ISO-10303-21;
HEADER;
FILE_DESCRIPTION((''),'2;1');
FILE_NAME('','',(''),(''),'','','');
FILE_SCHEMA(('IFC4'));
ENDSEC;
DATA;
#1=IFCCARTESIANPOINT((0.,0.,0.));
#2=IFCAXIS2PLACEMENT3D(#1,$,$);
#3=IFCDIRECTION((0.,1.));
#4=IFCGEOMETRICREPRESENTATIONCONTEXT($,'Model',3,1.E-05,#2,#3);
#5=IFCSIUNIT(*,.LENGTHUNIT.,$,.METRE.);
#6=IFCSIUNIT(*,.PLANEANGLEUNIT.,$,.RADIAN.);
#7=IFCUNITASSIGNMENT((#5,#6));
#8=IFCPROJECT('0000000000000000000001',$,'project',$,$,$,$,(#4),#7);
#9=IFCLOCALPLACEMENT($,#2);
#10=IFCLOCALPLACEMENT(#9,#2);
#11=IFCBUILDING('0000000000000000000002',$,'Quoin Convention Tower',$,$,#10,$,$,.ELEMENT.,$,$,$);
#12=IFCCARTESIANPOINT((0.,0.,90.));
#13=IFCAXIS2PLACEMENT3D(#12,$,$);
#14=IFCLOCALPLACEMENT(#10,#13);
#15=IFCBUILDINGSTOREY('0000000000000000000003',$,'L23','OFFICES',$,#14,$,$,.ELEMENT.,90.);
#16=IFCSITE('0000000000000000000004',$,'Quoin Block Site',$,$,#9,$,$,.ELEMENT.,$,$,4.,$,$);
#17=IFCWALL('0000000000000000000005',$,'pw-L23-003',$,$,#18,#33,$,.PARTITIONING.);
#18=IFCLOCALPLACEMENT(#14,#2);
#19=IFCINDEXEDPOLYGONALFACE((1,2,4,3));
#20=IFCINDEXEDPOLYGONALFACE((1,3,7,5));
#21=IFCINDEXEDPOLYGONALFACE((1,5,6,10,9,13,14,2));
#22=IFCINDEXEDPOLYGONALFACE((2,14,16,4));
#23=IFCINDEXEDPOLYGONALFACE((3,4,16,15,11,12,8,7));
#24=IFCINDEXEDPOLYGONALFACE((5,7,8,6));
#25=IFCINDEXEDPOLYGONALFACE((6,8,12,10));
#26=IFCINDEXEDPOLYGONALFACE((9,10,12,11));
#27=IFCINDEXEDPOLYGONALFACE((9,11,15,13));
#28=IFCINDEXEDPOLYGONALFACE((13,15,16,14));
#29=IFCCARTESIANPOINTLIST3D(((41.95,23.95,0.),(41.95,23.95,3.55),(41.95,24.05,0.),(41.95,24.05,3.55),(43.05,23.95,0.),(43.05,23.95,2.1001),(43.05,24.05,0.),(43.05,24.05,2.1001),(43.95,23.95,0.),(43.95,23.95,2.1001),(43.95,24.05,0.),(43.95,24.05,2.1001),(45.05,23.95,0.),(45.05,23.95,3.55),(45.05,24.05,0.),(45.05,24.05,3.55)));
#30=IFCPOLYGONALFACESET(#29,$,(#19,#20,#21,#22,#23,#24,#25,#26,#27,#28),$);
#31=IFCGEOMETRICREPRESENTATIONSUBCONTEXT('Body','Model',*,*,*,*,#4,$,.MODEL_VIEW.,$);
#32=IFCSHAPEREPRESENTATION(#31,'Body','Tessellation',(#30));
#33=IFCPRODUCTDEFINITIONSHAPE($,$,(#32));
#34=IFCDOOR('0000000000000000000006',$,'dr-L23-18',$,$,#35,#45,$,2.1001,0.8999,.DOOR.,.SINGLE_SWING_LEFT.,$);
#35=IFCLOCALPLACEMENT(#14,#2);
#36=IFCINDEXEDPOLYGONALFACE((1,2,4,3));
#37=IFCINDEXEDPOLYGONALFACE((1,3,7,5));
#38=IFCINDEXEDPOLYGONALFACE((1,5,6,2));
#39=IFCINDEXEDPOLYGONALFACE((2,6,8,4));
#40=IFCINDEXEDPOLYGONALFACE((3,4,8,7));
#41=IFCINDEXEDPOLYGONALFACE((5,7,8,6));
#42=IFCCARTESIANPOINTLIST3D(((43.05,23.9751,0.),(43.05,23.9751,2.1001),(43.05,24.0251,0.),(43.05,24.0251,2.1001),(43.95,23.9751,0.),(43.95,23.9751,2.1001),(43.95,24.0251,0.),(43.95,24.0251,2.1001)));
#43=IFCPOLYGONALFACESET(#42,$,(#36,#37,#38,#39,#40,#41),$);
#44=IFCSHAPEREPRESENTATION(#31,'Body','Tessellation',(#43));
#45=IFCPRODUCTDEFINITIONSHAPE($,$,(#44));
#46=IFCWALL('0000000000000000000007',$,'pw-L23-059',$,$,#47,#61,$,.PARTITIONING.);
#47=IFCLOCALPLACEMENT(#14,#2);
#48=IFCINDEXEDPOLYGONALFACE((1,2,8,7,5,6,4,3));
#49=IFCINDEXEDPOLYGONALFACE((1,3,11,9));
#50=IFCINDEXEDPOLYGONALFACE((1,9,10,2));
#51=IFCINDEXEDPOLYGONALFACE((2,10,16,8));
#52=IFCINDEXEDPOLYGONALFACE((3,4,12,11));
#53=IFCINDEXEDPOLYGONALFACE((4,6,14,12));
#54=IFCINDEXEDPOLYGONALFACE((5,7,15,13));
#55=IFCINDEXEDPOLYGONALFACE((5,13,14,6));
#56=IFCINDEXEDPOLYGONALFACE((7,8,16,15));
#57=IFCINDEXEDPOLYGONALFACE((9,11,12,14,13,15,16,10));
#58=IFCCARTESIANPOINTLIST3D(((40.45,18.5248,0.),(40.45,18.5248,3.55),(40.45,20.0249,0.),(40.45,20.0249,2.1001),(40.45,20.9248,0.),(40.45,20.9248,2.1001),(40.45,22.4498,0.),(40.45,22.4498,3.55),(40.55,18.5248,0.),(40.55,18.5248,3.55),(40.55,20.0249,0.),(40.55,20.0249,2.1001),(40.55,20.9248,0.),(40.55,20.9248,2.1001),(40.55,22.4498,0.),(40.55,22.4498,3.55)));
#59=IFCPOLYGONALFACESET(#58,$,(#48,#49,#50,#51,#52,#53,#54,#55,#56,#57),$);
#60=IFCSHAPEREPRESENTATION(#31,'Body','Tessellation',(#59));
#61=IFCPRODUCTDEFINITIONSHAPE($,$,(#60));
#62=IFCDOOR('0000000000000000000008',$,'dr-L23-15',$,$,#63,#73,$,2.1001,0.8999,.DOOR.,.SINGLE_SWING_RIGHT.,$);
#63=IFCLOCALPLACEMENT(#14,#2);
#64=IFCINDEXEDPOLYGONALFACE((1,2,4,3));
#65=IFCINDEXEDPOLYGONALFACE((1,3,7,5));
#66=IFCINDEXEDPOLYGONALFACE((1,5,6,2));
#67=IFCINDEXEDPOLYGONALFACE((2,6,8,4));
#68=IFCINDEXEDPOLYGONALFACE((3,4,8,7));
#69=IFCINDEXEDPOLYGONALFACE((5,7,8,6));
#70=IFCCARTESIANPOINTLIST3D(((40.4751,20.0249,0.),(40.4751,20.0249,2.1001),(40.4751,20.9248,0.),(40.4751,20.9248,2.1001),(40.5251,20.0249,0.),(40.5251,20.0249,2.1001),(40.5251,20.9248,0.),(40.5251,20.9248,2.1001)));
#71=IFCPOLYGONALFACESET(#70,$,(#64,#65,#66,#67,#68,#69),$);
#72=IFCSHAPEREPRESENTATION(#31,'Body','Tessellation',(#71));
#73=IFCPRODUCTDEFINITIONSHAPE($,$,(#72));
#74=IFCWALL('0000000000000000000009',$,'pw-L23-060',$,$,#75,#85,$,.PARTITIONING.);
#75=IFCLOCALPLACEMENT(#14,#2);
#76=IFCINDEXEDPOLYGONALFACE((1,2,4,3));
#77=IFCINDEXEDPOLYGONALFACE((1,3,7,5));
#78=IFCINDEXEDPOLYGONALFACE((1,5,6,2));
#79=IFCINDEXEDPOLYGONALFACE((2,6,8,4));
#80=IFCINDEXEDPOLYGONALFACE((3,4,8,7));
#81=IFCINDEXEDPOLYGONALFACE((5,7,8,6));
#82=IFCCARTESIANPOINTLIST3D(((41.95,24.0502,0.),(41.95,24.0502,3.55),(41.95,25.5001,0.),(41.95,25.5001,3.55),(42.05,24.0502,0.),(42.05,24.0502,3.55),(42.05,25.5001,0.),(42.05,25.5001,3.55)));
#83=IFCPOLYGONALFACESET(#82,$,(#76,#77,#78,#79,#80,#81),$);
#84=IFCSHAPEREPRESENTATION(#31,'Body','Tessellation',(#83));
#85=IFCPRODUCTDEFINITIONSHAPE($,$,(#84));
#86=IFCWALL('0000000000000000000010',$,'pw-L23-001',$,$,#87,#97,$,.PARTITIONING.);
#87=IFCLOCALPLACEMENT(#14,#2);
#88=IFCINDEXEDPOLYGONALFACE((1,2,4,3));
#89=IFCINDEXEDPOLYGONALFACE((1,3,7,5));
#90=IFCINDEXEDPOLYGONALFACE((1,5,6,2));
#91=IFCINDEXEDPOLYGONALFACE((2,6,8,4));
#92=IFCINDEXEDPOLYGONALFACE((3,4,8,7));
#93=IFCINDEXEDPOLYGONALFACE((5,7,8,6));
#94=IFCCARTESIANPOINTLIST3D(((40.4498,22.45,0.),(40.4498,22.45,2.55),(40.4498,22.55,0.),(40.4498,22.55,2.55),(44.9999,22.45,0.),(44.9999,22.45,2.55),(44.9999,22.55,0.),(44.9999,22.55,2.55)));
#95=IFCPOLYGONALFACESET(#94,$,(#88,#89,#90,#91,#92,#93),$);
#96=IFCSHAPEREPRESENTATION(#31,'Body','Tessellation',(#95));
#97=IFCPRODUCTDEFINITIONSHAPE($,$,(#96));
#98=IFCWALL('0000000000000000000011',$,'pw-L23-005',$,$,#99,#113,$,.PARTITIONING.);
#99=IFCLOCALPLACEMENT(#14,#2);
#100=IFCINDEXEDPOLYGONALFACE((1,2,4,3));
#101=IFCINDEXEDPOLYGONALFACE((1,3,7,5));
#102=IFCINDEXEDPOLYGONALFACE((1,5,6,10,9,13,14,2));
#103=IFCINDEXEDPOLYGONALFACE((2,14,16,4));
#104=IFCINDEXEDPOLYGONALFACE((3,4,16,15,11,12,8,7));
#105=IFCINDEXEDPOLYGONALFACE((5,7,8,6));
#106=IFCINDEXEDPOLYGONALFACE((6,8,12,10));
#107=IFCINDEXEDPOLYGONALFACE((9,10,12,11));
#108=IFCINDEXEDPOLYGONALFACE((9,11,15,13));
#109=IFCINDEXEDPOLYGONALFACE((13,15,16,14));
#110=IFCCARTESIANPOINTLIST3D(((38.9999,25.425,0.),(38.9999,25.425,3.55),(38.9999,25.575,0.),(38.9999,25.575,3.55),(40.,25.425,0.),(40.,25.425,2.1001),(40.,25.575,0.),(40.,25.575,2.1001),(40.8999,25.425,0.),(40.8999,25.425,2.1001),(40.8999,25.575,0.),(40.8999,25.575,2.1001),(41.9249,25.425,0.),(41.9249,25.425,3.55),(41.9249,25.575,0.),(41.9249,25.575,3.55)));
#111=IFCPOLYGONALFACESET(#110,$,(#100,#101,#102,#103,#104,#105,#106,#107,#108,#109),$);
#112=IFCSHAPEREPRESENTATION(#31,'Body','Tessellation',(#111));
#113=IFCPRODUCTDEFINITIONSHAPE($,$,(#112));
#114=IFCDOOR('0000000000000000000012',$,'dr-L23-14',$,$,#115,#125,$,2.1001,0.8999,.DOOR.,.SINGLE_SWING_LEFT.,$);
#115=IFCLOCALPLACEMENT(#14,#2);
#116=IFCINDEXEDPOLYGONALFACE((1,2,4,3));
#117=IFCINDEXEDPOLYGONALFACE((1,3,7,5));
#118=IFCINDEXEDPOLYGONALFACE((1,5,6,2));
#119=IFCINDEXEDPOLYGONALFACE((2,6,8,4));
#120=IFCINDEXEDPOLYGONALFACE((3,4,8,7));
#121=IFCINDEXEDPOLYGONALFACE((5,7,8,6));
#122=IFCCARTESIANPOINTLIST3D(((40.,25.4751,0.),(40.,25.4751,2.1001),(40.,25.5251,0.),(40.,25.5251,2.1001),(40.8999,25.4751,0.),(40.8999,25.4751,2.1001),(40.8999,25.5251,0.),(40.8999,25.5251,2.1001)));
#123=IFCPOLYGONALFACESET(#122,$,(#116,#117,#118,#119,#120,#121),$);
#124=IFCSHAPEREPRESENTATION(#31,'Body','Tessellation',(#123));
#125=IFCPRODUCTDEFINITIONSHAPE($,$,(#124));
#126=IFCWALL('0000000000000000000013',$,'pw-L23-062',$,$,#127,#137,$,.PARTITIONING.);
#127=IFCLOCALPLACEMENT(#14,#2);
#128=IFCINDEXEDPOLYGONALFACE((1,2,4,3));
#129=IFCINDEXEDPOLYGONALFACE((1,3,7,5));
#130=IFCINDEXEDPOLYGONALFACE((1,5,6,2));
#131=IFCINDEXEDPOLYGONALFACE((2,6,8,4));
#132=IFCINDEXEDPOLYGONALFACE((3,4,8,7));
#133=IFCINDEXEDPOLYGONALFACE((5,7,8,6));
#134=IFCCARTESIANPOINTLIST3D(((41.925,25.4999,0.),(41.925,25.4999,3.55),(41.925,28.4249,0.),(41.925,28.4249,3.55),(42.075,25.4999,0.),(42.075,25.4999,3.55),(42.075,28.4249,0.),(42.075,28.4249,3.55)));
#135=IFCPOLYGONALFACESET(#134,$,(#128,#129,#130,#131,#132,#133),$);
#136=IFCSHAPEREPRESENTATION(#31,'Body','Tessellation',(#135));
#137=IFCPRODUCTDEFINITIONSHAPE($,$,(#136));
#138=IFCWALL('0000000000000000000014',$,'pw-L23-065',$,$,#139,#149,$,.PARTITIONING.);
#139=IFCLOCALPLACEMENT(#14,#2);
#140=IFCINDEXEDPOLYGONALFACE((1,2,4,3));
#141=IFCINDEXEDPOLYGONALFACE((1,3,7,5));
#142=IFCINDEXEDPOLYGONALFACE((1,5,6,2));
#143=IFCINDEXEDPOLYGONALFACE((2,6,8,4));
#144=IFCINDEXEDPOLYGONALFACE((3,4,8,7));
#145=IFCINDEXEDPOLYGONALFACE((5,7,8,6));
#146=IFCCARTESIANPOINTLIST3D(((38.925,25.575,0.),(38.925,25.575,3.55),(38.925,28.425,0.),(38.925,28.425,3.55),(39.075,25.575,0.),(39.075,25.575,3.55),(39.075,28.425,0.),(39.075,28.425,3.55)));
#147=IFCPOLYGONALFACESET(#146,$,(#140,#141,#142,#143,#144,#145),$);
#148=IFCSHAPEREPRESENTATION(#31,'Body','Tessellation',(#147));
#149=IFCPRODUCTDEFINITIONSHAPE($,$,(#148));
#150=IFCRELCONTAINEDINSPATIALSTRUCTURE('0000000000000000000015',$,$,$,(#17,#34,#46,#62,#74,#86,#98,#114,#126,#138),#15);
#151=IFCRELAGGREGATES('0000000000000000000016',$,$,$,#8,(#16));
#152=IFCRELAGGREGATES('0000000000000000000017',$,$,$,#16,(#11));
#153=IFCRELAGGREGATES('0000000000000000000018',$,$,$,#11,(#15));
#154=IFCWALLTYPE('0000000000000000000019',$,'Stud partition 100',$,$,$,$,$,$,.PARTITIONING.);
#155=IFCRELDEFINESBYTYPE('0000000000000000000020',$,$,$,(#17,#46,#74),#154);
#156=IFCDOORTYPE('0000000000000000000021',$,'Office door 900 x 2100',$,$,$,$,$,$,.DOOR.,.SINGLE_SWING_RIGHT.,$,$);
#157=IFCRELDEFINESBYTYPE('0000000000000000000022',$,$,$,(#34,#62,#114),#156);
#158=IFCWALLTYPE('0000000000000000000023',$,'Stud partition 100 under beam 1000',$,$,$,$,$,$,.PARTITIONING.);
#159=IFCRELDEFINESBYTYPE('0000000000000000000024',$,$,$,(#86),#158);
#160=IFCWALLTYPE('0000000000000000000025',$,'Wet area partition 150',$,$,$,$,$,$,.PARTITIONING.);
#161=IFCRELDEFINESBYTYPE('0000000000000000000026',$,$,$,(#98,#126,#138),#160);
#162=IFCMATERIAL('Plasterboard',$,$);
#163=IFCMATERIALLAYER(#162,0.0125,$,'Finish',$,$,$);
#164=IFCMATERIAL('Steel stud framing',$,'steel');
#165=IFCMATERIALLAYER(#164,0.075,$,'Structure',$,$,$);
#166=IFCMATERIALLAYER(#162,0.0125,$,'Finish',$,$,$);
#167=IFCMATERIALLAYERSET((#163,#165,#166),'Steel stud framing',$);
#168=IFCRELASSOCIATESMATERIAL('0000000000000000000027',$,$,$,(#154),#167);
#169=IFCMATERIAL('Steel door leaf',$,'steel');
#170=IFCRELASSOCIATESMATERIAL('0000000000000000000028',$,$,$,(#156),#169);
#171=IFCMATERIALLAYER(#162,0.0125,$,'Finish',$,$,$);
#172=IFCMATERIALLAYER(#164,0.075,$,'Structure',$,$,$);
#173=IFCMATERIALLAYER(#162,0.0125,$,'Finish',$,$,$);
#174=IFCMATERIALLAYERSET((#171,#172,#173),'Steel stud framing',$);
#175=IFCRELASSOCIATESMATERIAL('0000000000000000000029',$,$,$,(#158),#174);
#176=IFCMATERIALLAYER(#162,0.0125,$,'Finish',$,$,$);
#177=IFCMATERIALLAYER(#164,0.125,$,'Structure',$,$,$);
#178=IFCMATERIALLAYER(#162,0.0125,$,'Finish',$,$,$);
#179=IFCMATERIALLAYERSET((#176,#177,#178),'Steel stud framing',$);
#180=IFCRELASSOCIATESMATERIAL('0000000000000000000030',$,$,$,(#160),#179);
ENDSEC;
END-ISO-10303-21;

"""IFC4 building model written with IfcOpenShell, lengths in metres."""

from ifc_helpers import new_model, si_unit, direction, frame, frame_2d, origin, place, context, subcontext, project, spatial, rectangle, extrude, material, layer, layer_set, type_object, element, fill, save


model = new_model("IFC4")

# Units and contexts
model_context = context("Model", 3, precision=1e-05, world=origin(), true_north=direction((0.0, 1.0)))
body_context = subcontext(model_context, "Body", "Model", "MODEL_VIEW")
ifc_project = project(units=[si_unit("LENGTHUNIT", "METRE"), si_unit("PLANEANGLEUNIT", "RADIAN")], contexts=[model_context])

# Site, building, storey
site_placement = place(None, origin())
site = spatial("IfcSite", under=ifc_project, at=site_placement, Name="Quoin Block Site", CompositionType="ELEMENT", RefElevation=4.0)
building_placement = place(site_placement, origin())
building = spatial("IfcBuilding", under=site, at=building_placement, Name="Quoin Convention Tower", CompositionType="ELEMENT")
storey_placement = place(building_placement, frame((0.0, 0.0, 90.0)))
storey = spatial("IfcBuildingStorey", under=building, at=storey_placement, Name="L23", Description="OFFICES", CompositionType="ELEMENT", Elevation=90.0)

# Shared definitions
ifc_material_1 = material(Name="Plasterboard")
ifc_material_2 = material(Name="Steel stud framing", Category="steel")

# Walls, openings, doors
ifc_material_3 = material(Name="Steel door leaf", Category="steel")
ifc_layer_1 = layer(ifc_material_1, 0.0125, Name="Finish")
ifc_layer_2 = layer(ifc_material_2, 0.075, Name="Structure")
ifc_layer_3 = layer(ifc_material_1, 0.0125, Name="Finish")
ifc_layer_set_1 = layer_set([ifc_layer_1, ifc_layer_2, ifc_layer_3], Name="Steel stud framing")
wall_type_1 = type_object("IfcWallType", Name="Stud partition 100", PredefinedType="PARTITIONING", material=ifc_layer_set_1)
wall_1_placement = place(storey_placement, frame((41.95, 24.0, 0.0), z_axis=(0.0, 0.0, 1.0), x_axis=(1.0, 0.0, 0.0)))
wall_1 = element("IfcWall", 1, at=wall_1_placement, inside=storey, type_object=wall_type_1, Name="pw-L23-003", PredefinedType="PARTITIONING", context=body_context, shape_type="SweptSolid", body=[
    extrude(rectangle(XDim=3.1001, YDim=0.1001, at=frame_2d((1.55, 0.0))), origin(), (0.0, 0.0, 1.0), 3.55),
])
opening_1_placement = place(wall_1_placement, frame((1.1001, 0.0, 0.0)))
opening_1 = element("IfcOpeningElement", 2, at=opening_1_placement, cuts=wall_1, PredefinedType="OPENING", context=body_context, shape_type="SweptSolid", body=[
    extrude(rectangle(XDim=0.8999, YDim=2.1001, at=frame_2d((0.45, 1.05))), frame((0.0, 0.0601, 0.0), z_axis=(0.0, -1.0, 0.0), x_axis=(1.0, 0.0, 0.0)), (0.0, 0.0, 1.0), 0.1201),
])
door_type_1 = type_object("IfcDoorType", Name="Office door 900 x 2100", OperationType="SINGLE_SWING_RIGHT", PredefinedType="DOOR", material=ifc_material_3)
door_1_placement = place(opening_1_placement, frame((0.8999, 0.0, 0.0), z_axis=(0.0, 0.0, 1.0), x_axis=(-1.0, 0.0, 0.0)))
door_1 = element("IfcDoor", 3, at=door_1_placement, inside=storey, type_object=door_type_1, Name="dr-L23-18", OperationType="SINGLE_SWING_LEFT", OverallHeight=2.1001, OverallWidth=0.8999, PredefinedType="DOOR", context=body_context, shape_type="SweptSolid", body=[
    extrude(rectangle(XDim=0.8999, YDim=2.1001, at=frame_2d((0.45, 1.05))), frame((0.0, 0.0249, 0.0), z_axis=(0.0, -1.0, 0.0), x_axis=(1.0, 0.0, 0.0)), (0.0, 0.0, 1.0), 0.05),
])
fill(opening_1, door_1)
wall_2_placement = place(storey_placement, frame((40.5, 18.5249, 0.0), z_axis=(0.0, 0.0, 1.0), x_axis=(0.0, 1.0, 0.0)))
wall_2 = element("IfcWall", 4, at=wall_2_placement, inside=storey, type_object=wall_type_1, Name="pw-L23-059", PredefinedType="PARTITIONING", context=body_context, shape_type="SweptSolid", body=[
    extrude(rectangle(XDim=3.925, YDim=0.1001, at=frame_2d((1.9624, 0.0))), origin(), (0.0, 0.0, 1.0), 3.55),
])
opening_2_placement = place(wall_2_placement, frame((1.5, 0.0, 0.0)))
opening_2 = element("IfcOpeningElement", 5, at=opening_2_placement, cuts=wall_2, PredefinedType="OPENING", context=body_context, shape_type="SweptSolid", body=[
    extrude(rectangle(XDim=0.8999, YDim=2.1001, at=frame_2d((0.45, 1.05))), frame((0.0, 0.0601, 0.0), z_axis=(0.0, -1.0, 0.0), x_axis=(1.0, 0.0, 0.0)), (0.0, 0.0, 1.0), 0.1201),
])
door_2_placement = place(opening_2_placement, origin())
door_2 = element("IfcDoor", 6, at=door_2_placement, inside=storey, type_object=door_type_1, Name="dr-L23-15", OperationType="SINGLE_SWING_RIGHT", OverallHeight=2.1001, OverallWidth=0.8999, PredefinedType="DOOR", context=body_context, shape_type="SweptSolid", body=[
    extrude(rectangle(XDim=0.8999, YDim=2.1001, at=frame_2d((0.45, 1.05))), frame((0.0, 0.0249, 0.0), z_axis=(0.0, -1.0, 0.0), x_axis=(1.0, 0.0, 0.0)), (0.0, 0.0, 1.0), 0.05),
])
fill(opening_2, door_2)

# Walls
wall_3_placement = place(storey_placement, frame((42.0, 24.05, 0.0), z_axis=(0.0, 0.0, 1.0), x_axis=(0.0, 1.0, 0.0)))
element("IfcWall", 7, at=wall_3_placement, inside=storey, type_object=wall_type_1, Name="pw-L23-060", PredefinedType="PARTITIONING", context=body_context, shape_type="SweptSolid", body=[
    extrude(rectangle(XDim=1.45, YDim=0.1001, at=frame_2d((0.7251, 0.0))), origin(), (0.0, 0.0, 1.0), 3.55),
])
ifc_layer_4 = layer(ifc_material_1, 0.0125, Name="Finish")
ifc_layer_5 = layer(ifc_material_2, 0.075, Name="Structure")
ifc_layer_6 = layer(ifc_material_1, 0.0125, Name="Finish")
ifc_layer_set_2 = layer_set([ifc_layer_4, ifc_layer_5, ifc_layer_6], Name="Steel stud framing")
wall_type_2 = type_object("IfcWallType", Name="Stud partition 100 under beam 1000", PredefinedType="PARTITIONING", material=ifc_layer_set_2)
wall_4_placement = place(storey_placement, frame((40.45, 22.5, 0.0), z_axis=(0.0, 0.0, 1.0), x_axis=(1.0, 0.0, 0.0)))
element("IfcWall", 8, at=wall_4_placement, inside=storey, type_object=wall_type_2, Name="pw-L23-001", PredefinedType="PARTITIONING", context=body_context, shape_type="SweptSolid", body=[
    extrude(rectangle(XDim=4.55, YDim=0.1001, at=frame_2d((2.2749, 0.0))), origin(), (0.0, 0.0, 1.0), 2.55),
])

# Wall, opening, door
ifc_layer_7 = layer(ifc_material_1, 0.0125, Name="Finish")
ifc_layer_8 = layer(ifc_material_2, 0.125, Name="Structure")
ifc_layer_9 = layer(ifc_material_1, 0.0125, Name="Finish")
ifc_layer_set_3 = layer_set([ifc_layer_7, ifc_layer_8, ifc_layer_9], Name="Steel stud framing")
wall_type_3 = type_object("IfcWallType", Name="Wet area partition 150", PredefinedType="PARTITIONING", material=ifc_layer_set_3)
wall_5_placement = place(storey_placement, frame((39.0, 25.5, 0.0), z_axis=(0.0, 0.0, 1.0), x_axis=(1.0, 0.0, 0.0)))
wall_5 = element("IfcWall", 9, at=wall_5_placement, inside=storey, type_object=wall_type_3, Name="pw-L23-005", PredefinedType="PARTITIONING", context=body_context, shape_type="SweptSolid", body=[
    extrude(rectangle(XDim=2.925, YDim=0.1499, at=frame_2d((1.4624, 0.0))), origin(), (0.0, 0.0, 1.0), 3.55),
])
opening_3_placement = place(wall_5_placement, frame((1.0, 0.0, 0.0)))
opening_3 = element("IfcOpeningElement", 10, at=opening_3_placement, cuts=wall_5, PredefinedType="OPENING", context=body_context, shape_type="SweptSolid", body=[
    extrude(rectangle(XDim=0.8999, YDim=2.1001, at=frame_2d((0.45, 1.05))), frame((0.0, 0.085, 0.0), z_axis=(0.0, -1.0, 0.0), x_axis=(1.0, 0.0, 0.0)), (0.0, 0.0, 1.0), 0.1699),
])
door_3_placement = place(opening_3_placement, frame((0.8999, 0.0, 0.0), z_axis=(0.0, 0.0, 1.0), x_axis=(-1.0, 0.0, 0.0)))
door_3 = element("IfcDoor", 11, at=door_3_placement, inside=storey, type_object=door_type_1, Name="dr-L23-14", OperationType="SINGLE_SWING_LEFT", OverallHeight=2.1001, OverallWidth=0.8999, PredefinedType="DOOR", context=body_context, shape_type="SweptSolid", body=[
    extrude(rectangle(XDim=0.8999, YDim=2.1001, at=frame_2d((0.45, 1.05))), frame((0.0, 0.0249, 0.0), z_axis=(0.0, -1.0, 0.0), x_axis=(1.0, 0.0, 0.0)), (0.0, 0.0, 1.0), 0.05),
])
fill(opening_3, door_3)

# Walls
wall_6_placement = place(storey_placement, frame((42.0, 25.5, 0.0), z_axis=(0.0, 0.0, 1.0), x_axis=(0.0, 1.0, 0.0)))
element("IfcWall", 12, at=wall_6_placement, inside=storey, type_object=wall_type_3, Name="pw-L23-062", PredefinedType="PARTITIONING", context=body_context, shape_type="SweptSolid", body=[
    extrude(rectangle(XDim=2.925, YDim=0.1499, at=frame_2d((1.4624, 0.0))), origin(), (0.0, 0.0, 1.0), 3.55),
])
wall_7_placement = place(storey_placement, frame((39.0, 25.575, 0.0), z_axis=(0.0, 0.0, 1.0), x_axis=(0.0, 1.0, 0.0)))
element("IfcWall", 13, at=wall_7_placement, inside=storey, type_object=wall_type_3, Name="pw-L23-065", PredefinedType="PARTITIONING", context=body_context, shape_type="SweptSolid", body=[
    extrude(rectangle(XDim=2.8501, YDim=0.1499, at=frame_2d((1.425, 0.0))), origin(), (0.0, 0.0, 1.0), 3.55),
])

save(model, "model.ifc")
